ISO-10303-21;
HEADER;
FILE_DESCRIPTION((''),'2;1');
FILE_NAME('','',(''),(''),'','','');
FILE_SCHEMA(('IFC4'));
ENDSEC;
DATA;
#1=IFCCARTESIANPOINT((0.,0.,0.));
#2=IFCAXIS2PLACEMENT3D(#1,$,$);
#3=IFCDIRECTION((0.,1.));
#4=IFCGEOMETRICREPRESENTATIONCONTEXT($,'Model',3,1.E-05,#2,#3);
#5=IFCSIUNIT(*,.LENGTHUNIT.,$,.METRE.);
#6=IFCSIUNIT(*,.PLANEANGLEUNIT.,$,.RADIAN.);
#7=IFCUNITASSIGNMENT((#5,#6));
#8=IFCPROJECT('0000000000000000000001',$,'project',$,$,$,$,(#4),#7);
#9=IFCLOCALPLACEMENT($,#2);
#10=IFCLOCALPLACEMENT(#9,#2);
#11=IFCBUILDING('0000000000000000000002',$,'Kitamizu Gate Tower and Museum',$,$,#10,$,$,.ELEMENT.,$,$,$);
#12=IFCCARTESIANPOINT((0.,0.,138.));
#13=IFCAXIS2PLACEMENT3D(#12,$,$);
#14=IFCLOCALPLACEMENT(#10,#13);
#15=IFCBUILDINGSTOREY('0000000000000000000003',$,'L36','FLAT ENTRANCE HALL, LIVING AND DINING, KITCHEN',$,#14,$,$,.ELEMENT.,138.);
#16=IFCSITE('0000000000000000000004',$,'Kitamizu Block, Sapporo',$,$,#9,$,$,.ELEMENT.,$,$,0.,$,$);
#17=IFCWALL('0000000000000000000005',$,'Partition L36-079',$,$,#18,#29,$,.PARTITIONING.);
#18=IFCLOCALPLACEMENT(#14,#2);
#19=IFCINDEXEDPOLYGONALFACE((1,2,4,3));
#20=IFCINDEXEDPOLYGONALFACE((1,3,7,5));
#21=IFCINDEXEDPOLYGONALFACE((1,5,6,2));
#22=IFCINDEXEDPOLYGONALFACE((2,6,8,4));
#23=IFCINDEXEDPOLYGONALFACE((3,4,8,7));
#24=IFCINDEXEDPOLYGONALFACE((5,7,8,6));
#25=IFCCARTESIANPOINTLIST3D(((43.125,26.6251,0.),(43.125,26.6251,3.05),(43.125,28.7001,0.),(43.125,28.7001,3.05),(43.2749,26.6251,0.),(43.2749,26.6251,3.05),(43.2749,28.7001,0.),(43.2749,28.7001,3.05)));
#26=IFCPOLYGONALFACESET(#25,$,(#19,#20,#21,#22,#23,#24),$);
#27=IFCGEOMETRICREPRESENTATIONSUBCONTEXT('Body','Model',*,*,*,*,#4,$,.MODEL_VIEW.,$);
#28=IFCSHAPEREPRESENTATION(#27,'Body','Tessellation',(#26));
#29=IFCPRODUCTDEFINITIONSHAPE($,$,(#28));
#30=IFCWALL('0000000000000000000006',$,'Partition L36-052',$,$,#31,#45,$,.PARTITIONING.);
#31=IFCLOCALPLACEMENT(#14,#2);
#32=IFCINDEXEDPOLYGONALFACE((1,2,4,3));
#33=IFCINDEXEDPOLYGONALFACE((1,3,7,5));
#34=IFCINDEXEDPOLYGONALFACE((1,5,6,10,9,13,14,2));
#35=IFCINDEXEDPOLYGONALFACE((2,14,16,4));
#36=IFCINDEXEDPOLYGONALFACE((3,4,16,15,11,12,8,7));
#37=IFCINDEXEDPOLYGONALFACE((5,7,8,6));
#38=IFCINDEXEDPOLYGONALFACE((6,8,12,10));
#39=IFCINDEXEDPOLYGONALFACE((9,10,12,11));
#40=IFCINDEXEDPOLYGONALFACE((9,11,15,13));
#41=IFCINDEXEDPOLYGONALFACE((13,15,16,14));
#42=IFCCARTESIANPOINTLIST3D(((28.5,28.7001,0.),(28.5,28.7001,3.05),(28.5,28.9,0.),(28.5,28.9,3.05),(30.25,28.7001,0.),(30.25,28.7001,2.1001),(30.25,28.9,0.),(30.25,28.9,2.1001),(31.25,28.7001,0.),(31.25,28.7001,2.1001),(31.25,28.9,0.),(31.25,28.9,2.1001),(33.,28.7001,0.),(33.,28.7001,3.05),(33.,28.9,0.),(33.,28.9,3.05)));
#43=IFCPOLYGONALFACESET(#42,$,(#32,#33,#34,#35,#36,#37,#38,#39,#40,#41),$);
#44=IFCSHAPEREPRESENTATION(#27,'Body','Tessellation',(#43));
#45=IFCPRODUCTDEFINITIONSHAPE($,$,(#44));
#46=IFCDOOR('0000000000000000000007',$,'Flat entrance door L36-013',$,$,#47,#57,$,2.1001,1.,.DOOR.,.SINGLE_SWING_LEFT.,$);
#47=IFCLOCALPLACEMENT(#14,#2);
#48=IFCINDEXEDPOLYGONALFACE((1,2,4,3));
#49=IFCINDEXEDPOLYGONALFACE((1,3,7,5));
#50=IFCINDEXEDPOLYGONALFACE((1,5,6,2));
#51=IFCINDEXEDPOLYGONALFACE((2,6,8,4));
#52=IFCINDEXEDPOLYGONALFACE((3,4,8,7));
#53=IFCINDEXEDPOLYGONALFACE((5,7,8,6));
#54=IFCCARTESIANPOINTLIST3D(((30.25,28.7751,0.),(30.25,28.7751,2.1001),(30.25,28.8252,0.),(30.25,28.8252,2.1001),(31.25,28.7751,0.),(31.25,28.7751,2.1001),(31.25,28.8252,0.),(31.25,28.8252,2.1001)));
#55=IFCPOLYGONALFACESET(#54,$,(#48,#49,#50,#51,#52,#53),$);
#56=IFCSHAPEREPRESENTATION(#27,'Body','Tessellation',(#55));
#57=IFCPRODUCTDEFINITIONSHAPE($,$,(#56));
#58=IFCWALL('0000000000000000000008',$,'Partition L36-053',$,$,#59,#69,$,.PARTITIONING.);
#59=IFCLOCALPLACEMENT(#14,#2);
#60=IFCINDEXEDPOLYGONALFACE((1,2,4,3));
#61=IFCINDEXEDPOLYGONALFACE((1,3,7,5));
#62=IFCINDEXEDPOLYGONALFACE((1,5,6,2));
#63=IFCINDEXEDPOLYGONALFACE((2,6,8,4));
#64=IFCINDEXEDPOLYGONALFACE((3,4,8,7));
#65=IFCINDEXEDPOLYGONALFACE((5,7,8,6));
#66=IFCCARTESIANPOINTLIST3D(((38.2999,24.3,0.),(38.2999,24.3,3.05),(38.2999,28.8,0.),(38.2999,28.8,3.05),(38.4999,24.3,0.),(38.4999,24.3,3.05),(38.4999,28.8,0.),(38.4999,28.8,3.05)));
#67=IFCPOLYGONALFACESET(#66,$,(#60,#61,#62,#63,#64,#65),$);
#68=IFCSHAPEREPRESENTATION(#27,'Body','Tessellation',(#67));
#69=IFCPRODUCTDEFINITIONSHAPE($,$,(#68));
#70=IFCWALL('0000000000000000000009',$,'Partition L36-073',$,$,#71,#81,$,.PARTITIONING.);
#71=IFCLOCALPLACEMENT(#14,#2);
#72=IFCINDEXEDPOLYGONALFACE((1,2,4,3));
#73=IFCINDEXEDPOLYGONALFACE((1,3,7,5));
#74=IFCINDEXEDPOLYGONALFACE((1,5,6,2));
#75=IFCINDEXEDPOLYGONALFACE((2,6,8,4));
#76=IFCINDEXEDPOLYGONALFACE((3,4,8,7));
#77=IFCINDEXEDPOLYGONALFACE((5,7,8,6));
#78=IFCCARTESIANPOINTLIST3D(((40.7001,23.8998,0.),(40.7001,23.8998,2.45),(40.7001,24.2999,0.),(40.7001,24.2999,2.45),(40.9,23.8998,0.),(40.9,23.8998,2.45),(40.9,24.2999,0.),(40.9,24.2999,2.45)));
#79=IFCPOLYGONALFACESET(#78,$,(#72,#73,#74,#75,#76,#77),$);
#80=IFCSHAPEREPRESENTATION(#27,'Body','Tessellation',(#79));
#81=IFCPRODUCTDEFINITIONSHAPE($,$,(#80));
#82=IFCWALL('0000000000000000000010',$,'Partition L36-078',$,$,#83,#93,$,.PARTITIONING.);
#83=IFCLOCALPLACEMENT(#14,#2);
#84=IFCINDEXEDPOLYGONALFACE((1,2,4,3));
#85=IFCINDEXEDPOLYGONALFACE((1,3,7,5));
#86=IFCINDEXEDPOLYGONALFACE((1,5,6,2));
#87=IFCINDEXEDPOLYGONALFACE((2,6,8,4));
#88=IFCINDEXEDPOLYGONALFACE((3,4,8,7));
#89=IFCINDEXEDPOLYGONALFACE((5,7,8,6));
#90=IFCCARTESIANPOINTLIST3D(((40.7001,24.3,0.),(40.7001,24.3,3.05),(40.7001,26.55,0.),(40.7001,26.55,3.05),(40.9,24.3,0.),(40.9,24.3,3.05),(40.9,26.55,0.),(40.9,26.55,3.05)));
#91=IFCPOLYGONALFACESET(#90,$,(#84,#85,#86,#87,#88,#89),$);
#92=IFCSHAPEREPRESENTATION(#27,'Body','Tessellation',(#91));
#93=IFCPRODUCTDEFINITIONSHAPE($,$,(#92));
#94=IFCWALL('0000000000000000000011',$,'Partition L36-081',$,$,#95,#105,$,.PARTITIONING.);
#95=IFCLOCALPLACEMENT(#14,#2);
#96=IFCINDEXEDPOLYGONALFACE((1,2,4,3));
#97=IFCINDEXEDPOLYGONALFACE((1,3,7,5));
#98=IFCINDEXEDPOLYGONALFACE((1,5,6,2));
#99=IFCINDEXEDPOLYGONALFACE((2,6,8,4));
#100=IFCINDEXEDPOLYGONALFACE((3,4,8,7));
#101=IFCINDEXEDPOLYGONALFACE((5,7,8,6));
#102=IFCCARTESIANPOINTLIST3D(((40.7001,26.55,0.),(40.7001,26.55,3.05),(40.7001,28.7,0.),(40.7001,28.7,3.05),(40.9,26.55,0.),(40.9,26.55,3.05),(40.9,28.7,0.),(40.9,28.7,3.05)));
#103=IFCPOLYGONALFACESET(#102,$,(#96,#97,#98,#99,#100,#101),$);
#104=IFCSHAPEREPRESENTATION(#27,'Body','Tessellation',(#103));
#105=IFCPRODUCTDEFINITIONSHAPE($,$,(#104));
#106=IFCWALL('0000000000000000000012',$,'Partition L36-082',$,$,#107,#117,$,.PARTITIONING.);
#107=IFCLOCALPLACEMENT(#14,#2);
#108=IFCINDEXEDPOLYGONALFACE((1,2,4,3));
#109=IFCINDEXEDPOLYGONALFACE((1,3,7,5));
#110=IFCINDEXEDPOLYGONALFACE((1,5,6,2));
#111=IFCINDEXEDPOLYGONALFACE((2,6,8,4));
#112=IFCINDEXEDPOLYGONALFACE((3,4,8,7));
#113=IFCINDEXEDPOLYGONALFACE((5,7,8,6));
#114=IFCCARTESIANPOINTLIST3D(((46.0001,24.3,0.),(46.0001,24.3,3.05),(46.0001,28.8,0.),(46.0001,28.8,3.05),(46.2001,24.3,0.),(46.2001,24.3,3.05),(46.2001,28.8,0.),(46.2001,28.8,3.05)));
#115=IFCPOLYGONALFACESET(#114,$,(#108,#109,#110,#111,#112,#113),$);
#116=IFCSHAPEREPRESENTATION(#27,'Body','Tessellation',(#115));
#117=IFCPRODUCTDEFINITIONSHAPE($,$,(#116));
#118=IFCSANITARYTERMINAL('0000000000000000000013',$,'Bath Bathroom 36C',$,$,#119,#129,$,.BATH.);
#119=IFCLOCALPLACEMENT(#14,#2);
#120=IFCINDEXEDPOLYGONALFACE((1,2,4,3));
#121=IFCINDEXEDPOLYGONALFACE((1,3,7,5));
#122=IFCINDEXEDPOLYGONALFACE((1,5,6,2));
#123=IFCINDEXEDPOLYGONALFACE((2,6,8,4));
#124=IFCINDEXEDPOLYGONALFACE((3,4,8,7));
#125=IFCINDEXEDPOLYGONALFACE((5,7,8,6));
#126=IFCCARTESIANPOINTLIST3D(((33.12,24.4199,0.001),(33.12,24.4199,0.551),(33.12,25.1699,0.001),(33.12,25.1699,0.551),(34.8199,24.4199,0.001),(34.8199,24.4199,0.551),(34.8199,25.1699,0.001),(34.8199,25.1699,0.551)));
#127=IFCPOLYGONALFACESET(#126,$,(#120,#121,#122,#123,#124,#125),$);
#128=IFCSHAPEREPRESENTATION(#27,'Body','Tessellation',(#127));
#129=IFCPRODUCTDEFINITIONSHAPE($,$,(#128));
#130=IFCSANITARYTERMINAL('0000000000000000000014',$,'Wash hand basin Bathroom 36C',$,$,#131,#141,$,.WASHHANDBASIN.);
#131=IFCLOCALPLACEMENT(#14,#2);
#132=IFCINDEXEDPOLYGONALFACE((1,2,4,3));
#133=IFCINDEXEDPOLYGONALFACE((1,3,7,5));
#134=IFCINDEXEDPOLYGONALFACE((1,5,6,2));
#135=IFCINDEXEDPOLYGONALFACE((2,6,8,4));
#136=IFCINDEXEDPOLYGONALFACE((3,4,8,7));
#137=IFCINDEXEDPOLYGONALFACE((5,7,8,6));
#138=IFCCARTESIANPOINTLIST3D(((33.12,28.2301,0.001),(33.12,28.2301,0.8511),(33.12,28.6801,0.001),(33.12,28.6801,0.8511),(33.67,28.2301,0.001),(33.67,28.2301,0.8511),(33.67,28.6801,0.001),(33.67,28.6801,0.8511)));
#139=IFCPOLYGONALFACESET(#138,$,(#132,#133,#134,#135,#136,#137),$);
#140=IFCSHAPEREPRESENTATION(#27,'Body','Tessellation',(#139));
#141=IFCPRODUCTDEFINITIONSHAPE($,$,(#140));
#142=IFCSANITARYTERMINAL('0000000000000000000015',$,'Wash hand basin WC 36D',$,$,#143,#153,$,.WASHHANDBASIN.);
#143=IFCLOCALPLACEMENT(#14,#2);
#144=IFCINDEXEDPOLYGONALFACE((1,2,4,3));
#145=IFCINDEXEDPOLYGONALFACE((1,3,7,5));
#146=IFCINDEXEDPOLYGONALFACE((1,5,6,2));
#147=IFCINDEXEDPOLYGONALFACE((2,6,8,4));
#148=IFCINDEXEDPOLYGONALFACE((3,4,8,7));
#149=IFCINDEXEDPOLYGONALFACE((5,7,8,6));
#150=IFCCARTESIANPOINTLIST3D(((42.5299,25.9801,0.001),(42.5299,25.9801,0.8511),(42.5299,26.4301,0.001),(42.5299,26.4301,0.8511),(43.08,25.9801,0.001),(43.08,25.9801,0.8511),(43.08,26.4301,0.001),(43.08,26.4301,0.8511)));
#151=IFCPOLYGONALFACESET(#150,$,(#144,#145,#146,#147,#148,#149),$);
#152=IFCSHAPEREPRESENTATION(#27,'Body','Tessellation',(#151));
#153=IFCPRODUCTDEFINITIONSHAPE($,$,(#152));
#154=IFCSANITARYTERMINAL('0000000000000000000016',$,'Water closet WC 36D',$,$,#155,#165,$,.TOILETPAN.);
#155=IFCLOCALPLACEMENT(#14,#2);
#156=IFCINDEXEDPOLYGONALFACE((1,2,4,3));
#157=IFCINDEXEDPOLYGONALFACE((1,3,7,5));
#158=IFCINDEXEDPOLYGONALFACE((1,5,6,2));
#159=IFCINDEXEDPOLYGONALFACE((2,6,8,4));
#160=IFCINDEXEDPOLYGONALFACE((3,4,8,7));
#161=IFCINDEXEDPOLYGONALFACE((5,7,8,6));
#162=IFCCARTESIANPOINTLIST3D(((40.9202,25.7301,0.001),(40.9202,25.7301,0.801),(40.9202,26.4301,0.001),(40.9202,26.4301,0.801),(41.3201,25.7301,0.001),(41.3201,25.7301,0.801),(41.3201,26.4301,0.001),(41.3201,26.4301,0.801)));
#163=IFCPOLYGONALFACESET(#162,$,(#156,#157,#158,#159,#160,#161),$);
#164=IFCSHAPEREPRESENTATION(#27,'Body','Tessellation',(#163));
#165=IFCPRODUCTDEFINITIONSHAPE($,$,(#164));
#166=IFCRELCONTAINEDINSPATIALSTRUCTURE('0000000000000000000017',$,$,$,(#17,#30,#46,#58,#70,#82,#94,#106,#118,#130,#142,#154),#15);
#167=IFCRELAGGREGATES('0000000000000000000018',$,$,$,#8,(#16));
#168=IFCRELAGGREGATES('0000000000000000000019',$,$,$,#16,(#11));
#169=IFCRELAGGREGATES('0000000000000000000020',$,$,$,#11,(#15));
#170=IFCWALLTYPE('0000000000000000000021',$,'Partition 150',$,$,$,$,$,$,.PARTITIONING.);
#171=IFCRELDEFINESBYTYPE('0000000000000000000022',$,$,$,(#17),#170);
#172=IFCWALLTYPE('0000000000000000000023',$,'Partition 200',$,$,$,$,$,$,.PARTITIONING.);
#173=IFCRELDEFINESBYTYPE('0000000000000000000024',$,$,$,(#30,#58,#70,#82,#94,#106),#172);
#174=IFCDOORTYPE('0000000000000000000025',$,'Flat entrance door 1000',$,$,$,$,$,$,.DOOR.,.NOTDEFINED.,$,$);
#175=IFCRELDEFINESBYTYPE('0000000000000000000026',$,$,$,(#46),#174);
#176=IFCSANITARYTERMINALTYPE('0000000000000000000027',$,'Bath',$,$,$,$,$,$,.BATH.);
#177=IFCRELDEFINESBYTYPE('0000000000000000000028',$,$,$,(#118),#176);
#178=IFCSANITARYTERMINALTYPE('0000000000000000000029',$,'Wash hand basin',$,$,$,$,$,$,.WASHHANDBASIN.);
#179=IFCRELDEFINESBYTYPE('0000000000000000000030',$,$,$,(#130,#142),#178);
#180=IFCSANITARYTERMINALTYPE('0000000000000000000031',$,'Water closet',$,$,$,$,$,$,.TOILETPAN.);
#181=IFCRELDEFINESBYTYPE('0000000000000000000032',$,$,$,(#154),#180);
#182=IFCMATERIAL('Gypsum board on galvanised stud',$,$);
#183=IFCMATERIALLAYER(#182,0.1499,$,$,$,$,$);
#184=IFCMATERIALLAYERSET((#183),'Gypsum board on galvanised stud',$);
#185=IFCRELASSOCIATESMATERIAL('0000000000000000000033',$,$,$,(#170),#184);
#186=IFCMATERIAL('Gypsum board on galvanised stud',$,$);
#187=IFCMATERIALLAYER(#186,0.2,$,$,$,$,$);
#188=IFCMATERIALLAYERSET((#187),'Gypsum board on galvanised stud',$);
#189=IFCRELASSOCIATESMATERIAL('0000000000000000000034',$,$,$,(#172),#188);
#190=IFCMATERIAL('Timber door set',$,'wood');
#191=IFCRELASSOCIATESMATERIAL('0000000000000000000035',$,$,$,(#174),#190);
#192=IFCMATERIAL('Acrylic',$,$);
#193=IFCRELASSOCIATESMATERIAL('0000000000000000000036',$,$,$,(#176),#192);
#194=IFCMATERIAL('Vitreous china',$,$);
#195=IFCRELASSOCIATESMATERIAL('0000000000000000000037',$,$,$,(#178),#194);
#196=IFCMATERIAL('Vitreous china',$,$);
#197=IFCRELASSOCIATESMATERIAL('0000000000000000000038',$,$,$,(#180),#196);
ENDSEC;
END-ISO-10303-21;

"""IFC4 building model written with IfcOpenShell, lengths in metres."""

from ifc_helpers import new_model, si_unit, direction, frame, frame_2d, origin, origin_2d, place, context, subcontext, project, spatial, rectangle, extrude, material, layer, layer_set, type_object, element, fill, save


model = new_model("IFC4")

# Units and contexts
model_context = context("Model", 3, precision=1e-05, world=origin(), true_north=direction((0.0, 1.0)))
body_context = subcontext(model_context, "Body", "Model", "MODEL_VIEW")
ifc_project = project(units=[si_unit("LENGTHUNIT", "METRE"), si_unit("PLANEANGLEUNIT", "RADIAN")], contexts=[model_context])

# Site, building, storey
site_placement = place(None, origin())
site = spatial("IfcSite", under=ifc_project, at=site_placement, Name="Kitamizu Block, Sapporo", CompositionType="ELEMENT", RefElevation=0.0)
building_placement = place(site_placement, origin())
building = spatial("IfcBuilding", under=site, at=building_placement, Name="Kitamizu Gate Tower and Museum", CompositionType="ELEMENT")
storey_placement = place(building_placement, frame((0.0, 0.0, 138.0)))
storey = spatial("IfcBuildingStorey", under=building, at=storey_placement, Name="L36", Description="FLAT ENTRANCE HALL, LIVING AND DINING, KITCHEN", CompositionType="ELEMENT", Elevation=138.0)

# Shared definitions
ifc_material_1 = material(Name="Gypsum board on galvanised stud")
ifc_layer_1 = layer(ifc_material_1, 0.1499)
ifc_layer_set_1 = layer_set([ifc_layer_1], Name="Gypsum board on galvanised stud")
wall_type_1 = type_object("IfcWallType", Name="Partition 150", PredefinedType="PARTITIONING", material=ifc_layer_set_1)

# Wall
wall_1_placement = place(storey_placement, frame((43.2, 26.625, 0.0), z_axis=(0.0, 0.0, 1.0), x_axis=(0.0, 1.0, 0.0)))
element("IfcWall", 1, at=wall_1_placement, inside=storey, type_object=wall_type_1, Name="Partition L36-079", PredefinedType="PARTITIONING", context=body_context, shape_type="SweptSolid", body=[
    extrude(rectangle(XDim=2.075, YDim=0.1499, at=frame_2d((1.0376, 0.0))), origin(), (0.0, 0.0, 1.0), 3.05),
])

# Wall, opening, door
ifc_material_2 = material(Name="Gypsum board on galvanised stud")
ifc_layer_2 = layer(ifc_material_2, 0.2)
ifc_layer_set_2 = layer_set([ifc_layer_2], Name="Gypsum board on galvanised stud")
wall_type_2 = type_object("IfcWallType", Name="Partition 200", PredefinedType="PARTITIONING", material=ifc_layer_set_2)
wall_2_placement = place(storey_placement, frame((33.0, 28.8, 0.0), z_axis=(0.0, 0.0, 1.0), x_axis=(-1.0, 0.0, 0.0)))
wall_2 = element("IfcWall", 2, at=wall_2_placement, inside=storey, type_object=wall_type_2, Name="Partition L36-052", PredefinedType="PARTITIONING", context=body_context, shape_type="SweptSolid", body=[
    extrude(rectangle(XDim=4.5, YDim=0.2, at=frame_2d((2.25, 0.0))), origin(), (0.0, 0.0, 1.0), 3.05),
])
opening_1_placement = place(wall_2_placement, frame((1.75, 0.0, 0.0)))
opening_1 = element("IfcOpeningElement", 3, at=opening_1_placement, cuts=wall_2, PredefinedType="OPENING", context=body_context, shape_type="SweptSolid", body=[
    extrude(rectangle(XDim=1.0, YDim=2.1001, at=frame_2d((0.5, 1.05))), frame((0.0, 0.1099, 0.0), z_axis=(0.0, -1.0, 0.0), x_axis=(1.0, 0.0, 0.0)), (0.0, 0.0, 1.0), 0.22),
])
ifc_material_3 = material(Name="Timber door set", Category="wood")
door_type_1 = type_object("IfcDoorType", Name="Flat entrance door 1000", OperationType="NOTDEFINED", PredefinedType="DOOR", material=ifc_material_3)
door_1_placement = place(opening_1_placement, origin())
door_1 = element("IfcDoor", 4, at=door_1_placement, inside=storey, type_object=door_type_1, Name="Flat entrance door L36-013", OperationType="SINGLE_SWING_LEFT", OverallHeight=2.1001, OverallWidth=1.0, PredefinedType="DOOR", context=body_context, shape_type="SweptSolid", body=[
    extrude(rectangle(XDim=1.0, YDim=2.1001, at=frame_2d((0.5, 1.05))), frame((0.0, 0.0249, 0.0), z_axis=(0.0, -1.0, 0.0), x_axis=(1.0, 0.0, 0.0)), (0.0, 0.0, 1.0), 0.05),
])
fill(opening_1, door_1)

# Walls
wall_3_placement = place(storey_placement, frame((38.3999, 24.3, 0.0), z_axis=(0.0, 0.0, 1.0), x_axis=(0.0, 1.0, 0.0)))
element("IfcWall", 5, at=wall_3_placement, inside=storey, type_object=wall_type_2, Name="Partition L36-053", PredefinedType="PARTITIONING", context=body_context, shape_type="SweptSolid", body=[
    extrude(rectangle(XDim=4.5, YDim=0.2, at=frame_2d((2.25, 0.0))), origin(), (0.0, 0.0, 1.0), 3.05),
])
wall_4_placement = place(storey_placement, frame((40.8, 24.3, 0.0), z_axis=(0.0, 0.0, 1.0), x_axis=(0.0, -1.0, 0.0)))
element("IfcWall", 6, at=wall_4_placement, inside=storey, type_object=wall_type_2, Name="Partition L36-073", PredefinedType="PARTITIONING", context=body_context, shape_type="SweptSolid", body=[
    extrude(rectangle(XDim=0.4001, YDim=0.2, at=frame_2d((0.2002, 0.0))), origin(), (0.0, 0.0, 1.0), 2.45),
])
wall_5_placement = place(storey_placement, frame((40.8, 26.55, 0.0), z_axis=(0.0, 0.0, 1.0), x_axis=(0.0, -1.0, 0.0)))
element("IfcWall", 7, at=wall_5_placement, inside=storey, type_object=wall_type_2, Name="Partition L36-078", PredefinedType="PARTITIONING", context=body_context, shape_type="SweptSolid", body=[
    extrude(rectangle(XDim=2.25, YDim=0.2, at=frame_2d((1.125, 0.0))), origin(), (0.0, 0.0, 1.0), 3.05),
])
wall_6_placement = place(storey_placement, frame((40.8, 28.7, 0.0), z_axis=(0.0, 0.0, 1.0), x_axis=(0.0, -1.0, 0.0)))
element("IfcWall", 8, at=wall_6_placement, inside=storey, type_object=wall_type_2, Name="Partition L36-081", PredefinedType="PARTITIONING", context=body_context, shape_type="SweptSolid", body=[
    extrude(rectangle(XDim=2.1499, YDim=0.2, at=frame_2d((1.075, 0.0))), origin(), (0.0, 0.0, 1.0), 3.05),
])
wall_7_placement = place(storey_placement, frame((46.1001, 24.3, 0.0), z_axis=(0.0, 0.0, 1.0), x_axis=(0.0, 1.0, 0.0)))
element("IfcWall", 9, at=wall_7_placement, inside=storey, type_object=wall_type_2, Name="Partition L36-082", PredefinedType="PARTITIONING", context=body_context, shape_type="SweptSolid", body=[
    extrude(rectangle(XDim=4.5, YDim=0.2, at=frame_2d((2.25, 0.0))), origin(), (0.0, 0.0, 1.0), 3.05),
])

# Sanitary terminals
ifc_material_4 = material(Name="Acrylic")
sanitary_terminal_type_1 = type_object("IfcSanitaryTerminalType", Name="Bath", PredefinedType="BATH", material=ifc_material_4)
sanitary_terminal_1_placement = place(storey_placement, frame((33.97, 24.7949, 0.001), z_axis=(0.0, 0.0, 1.0), x_axis=(1.0, 0.0, 0.0)))
element("IfcSanitaryTerminal", 10, at=sanitary_terminal_1_placement, inside=storey, type_object=sanitary_terminal_type_1, Name="Bath Bathroom 36C", PredefinedType="BATH", context=body_context, shape_type="SweptSolid", body=[
    extrude(rectangle(XDim=1.7, YDim=0.75, at=origin_2d()), origin(), (0.0, 0.0, 1.0), 0.55),
])
ifc_material_5 = material(Name="Vitreous china")
sanitary_terminal_type_2 = type_object("IfcSanitaryTerminalType", Name="Wash hand basin", PredefinedType="WASHHANDBASIN", material=ifc_material_5)
for number, where, z_axis, x_axis, name in (
    (11, (33.395, 28.4551, 0.001), (0.0, 0.0, 1.0), (1.0, 0.0, 0.0), "Wash hand basin Bathroom 36C"),
    (12, (42.8049, 26.2051, 0.001), (0.0, 0.0, 1.0), (1.0, 0.0, 0.0), "Wash hand basin WC 36D"),
):
    element("IfcSanitaryTerminal", number, at=place(storey_placement, frame(where, z_axis=z_axis, x_axis=x_axis)), inside=storey, type_object=sanitary_terminal_type_2, Name=name, PredefinedType="WASHHANDBASIN", context=body_context, shape_type="SweptSolid", body=[
        extrude(rectangle(XDim=0.55, YDim=0.45, at=origin_2d()), origin(), (0.0, 0.0, 1.0), 0.8501),
    ])
ifc_material_6 = material(Name="Vitreous china")
sanitary_terminal_type_3 = type_object("IfcSanitaryTerminalType", Name="Water closet", PredefinedType="TOILETPAN", material=ifc_material_6)
sanitary_terminal_2_placement = place(storey_placement, frame((41.1201, 26.0801, 0.001), z_axis=(0.0, 0.0, 1.0), x_axis=(1.0, 0.0, 0.0)))
element("IfcSanitaryTerminal", 13, at=sanitary_terminal_2_placement, inside=storey, type_object=sanitary_terminal_type_3, Name="Water closet WC 36D", PredefinedType="TOILETPAN", context=body_context, shape_type="SweptSolid", body=[
    extrude(rectangle(XDim=0.3999, YDim=0.7, at=origin_2d()), origin(), (0.0, 0.0, 1.0), 0.8),
])

save(model, "model.ifc")
